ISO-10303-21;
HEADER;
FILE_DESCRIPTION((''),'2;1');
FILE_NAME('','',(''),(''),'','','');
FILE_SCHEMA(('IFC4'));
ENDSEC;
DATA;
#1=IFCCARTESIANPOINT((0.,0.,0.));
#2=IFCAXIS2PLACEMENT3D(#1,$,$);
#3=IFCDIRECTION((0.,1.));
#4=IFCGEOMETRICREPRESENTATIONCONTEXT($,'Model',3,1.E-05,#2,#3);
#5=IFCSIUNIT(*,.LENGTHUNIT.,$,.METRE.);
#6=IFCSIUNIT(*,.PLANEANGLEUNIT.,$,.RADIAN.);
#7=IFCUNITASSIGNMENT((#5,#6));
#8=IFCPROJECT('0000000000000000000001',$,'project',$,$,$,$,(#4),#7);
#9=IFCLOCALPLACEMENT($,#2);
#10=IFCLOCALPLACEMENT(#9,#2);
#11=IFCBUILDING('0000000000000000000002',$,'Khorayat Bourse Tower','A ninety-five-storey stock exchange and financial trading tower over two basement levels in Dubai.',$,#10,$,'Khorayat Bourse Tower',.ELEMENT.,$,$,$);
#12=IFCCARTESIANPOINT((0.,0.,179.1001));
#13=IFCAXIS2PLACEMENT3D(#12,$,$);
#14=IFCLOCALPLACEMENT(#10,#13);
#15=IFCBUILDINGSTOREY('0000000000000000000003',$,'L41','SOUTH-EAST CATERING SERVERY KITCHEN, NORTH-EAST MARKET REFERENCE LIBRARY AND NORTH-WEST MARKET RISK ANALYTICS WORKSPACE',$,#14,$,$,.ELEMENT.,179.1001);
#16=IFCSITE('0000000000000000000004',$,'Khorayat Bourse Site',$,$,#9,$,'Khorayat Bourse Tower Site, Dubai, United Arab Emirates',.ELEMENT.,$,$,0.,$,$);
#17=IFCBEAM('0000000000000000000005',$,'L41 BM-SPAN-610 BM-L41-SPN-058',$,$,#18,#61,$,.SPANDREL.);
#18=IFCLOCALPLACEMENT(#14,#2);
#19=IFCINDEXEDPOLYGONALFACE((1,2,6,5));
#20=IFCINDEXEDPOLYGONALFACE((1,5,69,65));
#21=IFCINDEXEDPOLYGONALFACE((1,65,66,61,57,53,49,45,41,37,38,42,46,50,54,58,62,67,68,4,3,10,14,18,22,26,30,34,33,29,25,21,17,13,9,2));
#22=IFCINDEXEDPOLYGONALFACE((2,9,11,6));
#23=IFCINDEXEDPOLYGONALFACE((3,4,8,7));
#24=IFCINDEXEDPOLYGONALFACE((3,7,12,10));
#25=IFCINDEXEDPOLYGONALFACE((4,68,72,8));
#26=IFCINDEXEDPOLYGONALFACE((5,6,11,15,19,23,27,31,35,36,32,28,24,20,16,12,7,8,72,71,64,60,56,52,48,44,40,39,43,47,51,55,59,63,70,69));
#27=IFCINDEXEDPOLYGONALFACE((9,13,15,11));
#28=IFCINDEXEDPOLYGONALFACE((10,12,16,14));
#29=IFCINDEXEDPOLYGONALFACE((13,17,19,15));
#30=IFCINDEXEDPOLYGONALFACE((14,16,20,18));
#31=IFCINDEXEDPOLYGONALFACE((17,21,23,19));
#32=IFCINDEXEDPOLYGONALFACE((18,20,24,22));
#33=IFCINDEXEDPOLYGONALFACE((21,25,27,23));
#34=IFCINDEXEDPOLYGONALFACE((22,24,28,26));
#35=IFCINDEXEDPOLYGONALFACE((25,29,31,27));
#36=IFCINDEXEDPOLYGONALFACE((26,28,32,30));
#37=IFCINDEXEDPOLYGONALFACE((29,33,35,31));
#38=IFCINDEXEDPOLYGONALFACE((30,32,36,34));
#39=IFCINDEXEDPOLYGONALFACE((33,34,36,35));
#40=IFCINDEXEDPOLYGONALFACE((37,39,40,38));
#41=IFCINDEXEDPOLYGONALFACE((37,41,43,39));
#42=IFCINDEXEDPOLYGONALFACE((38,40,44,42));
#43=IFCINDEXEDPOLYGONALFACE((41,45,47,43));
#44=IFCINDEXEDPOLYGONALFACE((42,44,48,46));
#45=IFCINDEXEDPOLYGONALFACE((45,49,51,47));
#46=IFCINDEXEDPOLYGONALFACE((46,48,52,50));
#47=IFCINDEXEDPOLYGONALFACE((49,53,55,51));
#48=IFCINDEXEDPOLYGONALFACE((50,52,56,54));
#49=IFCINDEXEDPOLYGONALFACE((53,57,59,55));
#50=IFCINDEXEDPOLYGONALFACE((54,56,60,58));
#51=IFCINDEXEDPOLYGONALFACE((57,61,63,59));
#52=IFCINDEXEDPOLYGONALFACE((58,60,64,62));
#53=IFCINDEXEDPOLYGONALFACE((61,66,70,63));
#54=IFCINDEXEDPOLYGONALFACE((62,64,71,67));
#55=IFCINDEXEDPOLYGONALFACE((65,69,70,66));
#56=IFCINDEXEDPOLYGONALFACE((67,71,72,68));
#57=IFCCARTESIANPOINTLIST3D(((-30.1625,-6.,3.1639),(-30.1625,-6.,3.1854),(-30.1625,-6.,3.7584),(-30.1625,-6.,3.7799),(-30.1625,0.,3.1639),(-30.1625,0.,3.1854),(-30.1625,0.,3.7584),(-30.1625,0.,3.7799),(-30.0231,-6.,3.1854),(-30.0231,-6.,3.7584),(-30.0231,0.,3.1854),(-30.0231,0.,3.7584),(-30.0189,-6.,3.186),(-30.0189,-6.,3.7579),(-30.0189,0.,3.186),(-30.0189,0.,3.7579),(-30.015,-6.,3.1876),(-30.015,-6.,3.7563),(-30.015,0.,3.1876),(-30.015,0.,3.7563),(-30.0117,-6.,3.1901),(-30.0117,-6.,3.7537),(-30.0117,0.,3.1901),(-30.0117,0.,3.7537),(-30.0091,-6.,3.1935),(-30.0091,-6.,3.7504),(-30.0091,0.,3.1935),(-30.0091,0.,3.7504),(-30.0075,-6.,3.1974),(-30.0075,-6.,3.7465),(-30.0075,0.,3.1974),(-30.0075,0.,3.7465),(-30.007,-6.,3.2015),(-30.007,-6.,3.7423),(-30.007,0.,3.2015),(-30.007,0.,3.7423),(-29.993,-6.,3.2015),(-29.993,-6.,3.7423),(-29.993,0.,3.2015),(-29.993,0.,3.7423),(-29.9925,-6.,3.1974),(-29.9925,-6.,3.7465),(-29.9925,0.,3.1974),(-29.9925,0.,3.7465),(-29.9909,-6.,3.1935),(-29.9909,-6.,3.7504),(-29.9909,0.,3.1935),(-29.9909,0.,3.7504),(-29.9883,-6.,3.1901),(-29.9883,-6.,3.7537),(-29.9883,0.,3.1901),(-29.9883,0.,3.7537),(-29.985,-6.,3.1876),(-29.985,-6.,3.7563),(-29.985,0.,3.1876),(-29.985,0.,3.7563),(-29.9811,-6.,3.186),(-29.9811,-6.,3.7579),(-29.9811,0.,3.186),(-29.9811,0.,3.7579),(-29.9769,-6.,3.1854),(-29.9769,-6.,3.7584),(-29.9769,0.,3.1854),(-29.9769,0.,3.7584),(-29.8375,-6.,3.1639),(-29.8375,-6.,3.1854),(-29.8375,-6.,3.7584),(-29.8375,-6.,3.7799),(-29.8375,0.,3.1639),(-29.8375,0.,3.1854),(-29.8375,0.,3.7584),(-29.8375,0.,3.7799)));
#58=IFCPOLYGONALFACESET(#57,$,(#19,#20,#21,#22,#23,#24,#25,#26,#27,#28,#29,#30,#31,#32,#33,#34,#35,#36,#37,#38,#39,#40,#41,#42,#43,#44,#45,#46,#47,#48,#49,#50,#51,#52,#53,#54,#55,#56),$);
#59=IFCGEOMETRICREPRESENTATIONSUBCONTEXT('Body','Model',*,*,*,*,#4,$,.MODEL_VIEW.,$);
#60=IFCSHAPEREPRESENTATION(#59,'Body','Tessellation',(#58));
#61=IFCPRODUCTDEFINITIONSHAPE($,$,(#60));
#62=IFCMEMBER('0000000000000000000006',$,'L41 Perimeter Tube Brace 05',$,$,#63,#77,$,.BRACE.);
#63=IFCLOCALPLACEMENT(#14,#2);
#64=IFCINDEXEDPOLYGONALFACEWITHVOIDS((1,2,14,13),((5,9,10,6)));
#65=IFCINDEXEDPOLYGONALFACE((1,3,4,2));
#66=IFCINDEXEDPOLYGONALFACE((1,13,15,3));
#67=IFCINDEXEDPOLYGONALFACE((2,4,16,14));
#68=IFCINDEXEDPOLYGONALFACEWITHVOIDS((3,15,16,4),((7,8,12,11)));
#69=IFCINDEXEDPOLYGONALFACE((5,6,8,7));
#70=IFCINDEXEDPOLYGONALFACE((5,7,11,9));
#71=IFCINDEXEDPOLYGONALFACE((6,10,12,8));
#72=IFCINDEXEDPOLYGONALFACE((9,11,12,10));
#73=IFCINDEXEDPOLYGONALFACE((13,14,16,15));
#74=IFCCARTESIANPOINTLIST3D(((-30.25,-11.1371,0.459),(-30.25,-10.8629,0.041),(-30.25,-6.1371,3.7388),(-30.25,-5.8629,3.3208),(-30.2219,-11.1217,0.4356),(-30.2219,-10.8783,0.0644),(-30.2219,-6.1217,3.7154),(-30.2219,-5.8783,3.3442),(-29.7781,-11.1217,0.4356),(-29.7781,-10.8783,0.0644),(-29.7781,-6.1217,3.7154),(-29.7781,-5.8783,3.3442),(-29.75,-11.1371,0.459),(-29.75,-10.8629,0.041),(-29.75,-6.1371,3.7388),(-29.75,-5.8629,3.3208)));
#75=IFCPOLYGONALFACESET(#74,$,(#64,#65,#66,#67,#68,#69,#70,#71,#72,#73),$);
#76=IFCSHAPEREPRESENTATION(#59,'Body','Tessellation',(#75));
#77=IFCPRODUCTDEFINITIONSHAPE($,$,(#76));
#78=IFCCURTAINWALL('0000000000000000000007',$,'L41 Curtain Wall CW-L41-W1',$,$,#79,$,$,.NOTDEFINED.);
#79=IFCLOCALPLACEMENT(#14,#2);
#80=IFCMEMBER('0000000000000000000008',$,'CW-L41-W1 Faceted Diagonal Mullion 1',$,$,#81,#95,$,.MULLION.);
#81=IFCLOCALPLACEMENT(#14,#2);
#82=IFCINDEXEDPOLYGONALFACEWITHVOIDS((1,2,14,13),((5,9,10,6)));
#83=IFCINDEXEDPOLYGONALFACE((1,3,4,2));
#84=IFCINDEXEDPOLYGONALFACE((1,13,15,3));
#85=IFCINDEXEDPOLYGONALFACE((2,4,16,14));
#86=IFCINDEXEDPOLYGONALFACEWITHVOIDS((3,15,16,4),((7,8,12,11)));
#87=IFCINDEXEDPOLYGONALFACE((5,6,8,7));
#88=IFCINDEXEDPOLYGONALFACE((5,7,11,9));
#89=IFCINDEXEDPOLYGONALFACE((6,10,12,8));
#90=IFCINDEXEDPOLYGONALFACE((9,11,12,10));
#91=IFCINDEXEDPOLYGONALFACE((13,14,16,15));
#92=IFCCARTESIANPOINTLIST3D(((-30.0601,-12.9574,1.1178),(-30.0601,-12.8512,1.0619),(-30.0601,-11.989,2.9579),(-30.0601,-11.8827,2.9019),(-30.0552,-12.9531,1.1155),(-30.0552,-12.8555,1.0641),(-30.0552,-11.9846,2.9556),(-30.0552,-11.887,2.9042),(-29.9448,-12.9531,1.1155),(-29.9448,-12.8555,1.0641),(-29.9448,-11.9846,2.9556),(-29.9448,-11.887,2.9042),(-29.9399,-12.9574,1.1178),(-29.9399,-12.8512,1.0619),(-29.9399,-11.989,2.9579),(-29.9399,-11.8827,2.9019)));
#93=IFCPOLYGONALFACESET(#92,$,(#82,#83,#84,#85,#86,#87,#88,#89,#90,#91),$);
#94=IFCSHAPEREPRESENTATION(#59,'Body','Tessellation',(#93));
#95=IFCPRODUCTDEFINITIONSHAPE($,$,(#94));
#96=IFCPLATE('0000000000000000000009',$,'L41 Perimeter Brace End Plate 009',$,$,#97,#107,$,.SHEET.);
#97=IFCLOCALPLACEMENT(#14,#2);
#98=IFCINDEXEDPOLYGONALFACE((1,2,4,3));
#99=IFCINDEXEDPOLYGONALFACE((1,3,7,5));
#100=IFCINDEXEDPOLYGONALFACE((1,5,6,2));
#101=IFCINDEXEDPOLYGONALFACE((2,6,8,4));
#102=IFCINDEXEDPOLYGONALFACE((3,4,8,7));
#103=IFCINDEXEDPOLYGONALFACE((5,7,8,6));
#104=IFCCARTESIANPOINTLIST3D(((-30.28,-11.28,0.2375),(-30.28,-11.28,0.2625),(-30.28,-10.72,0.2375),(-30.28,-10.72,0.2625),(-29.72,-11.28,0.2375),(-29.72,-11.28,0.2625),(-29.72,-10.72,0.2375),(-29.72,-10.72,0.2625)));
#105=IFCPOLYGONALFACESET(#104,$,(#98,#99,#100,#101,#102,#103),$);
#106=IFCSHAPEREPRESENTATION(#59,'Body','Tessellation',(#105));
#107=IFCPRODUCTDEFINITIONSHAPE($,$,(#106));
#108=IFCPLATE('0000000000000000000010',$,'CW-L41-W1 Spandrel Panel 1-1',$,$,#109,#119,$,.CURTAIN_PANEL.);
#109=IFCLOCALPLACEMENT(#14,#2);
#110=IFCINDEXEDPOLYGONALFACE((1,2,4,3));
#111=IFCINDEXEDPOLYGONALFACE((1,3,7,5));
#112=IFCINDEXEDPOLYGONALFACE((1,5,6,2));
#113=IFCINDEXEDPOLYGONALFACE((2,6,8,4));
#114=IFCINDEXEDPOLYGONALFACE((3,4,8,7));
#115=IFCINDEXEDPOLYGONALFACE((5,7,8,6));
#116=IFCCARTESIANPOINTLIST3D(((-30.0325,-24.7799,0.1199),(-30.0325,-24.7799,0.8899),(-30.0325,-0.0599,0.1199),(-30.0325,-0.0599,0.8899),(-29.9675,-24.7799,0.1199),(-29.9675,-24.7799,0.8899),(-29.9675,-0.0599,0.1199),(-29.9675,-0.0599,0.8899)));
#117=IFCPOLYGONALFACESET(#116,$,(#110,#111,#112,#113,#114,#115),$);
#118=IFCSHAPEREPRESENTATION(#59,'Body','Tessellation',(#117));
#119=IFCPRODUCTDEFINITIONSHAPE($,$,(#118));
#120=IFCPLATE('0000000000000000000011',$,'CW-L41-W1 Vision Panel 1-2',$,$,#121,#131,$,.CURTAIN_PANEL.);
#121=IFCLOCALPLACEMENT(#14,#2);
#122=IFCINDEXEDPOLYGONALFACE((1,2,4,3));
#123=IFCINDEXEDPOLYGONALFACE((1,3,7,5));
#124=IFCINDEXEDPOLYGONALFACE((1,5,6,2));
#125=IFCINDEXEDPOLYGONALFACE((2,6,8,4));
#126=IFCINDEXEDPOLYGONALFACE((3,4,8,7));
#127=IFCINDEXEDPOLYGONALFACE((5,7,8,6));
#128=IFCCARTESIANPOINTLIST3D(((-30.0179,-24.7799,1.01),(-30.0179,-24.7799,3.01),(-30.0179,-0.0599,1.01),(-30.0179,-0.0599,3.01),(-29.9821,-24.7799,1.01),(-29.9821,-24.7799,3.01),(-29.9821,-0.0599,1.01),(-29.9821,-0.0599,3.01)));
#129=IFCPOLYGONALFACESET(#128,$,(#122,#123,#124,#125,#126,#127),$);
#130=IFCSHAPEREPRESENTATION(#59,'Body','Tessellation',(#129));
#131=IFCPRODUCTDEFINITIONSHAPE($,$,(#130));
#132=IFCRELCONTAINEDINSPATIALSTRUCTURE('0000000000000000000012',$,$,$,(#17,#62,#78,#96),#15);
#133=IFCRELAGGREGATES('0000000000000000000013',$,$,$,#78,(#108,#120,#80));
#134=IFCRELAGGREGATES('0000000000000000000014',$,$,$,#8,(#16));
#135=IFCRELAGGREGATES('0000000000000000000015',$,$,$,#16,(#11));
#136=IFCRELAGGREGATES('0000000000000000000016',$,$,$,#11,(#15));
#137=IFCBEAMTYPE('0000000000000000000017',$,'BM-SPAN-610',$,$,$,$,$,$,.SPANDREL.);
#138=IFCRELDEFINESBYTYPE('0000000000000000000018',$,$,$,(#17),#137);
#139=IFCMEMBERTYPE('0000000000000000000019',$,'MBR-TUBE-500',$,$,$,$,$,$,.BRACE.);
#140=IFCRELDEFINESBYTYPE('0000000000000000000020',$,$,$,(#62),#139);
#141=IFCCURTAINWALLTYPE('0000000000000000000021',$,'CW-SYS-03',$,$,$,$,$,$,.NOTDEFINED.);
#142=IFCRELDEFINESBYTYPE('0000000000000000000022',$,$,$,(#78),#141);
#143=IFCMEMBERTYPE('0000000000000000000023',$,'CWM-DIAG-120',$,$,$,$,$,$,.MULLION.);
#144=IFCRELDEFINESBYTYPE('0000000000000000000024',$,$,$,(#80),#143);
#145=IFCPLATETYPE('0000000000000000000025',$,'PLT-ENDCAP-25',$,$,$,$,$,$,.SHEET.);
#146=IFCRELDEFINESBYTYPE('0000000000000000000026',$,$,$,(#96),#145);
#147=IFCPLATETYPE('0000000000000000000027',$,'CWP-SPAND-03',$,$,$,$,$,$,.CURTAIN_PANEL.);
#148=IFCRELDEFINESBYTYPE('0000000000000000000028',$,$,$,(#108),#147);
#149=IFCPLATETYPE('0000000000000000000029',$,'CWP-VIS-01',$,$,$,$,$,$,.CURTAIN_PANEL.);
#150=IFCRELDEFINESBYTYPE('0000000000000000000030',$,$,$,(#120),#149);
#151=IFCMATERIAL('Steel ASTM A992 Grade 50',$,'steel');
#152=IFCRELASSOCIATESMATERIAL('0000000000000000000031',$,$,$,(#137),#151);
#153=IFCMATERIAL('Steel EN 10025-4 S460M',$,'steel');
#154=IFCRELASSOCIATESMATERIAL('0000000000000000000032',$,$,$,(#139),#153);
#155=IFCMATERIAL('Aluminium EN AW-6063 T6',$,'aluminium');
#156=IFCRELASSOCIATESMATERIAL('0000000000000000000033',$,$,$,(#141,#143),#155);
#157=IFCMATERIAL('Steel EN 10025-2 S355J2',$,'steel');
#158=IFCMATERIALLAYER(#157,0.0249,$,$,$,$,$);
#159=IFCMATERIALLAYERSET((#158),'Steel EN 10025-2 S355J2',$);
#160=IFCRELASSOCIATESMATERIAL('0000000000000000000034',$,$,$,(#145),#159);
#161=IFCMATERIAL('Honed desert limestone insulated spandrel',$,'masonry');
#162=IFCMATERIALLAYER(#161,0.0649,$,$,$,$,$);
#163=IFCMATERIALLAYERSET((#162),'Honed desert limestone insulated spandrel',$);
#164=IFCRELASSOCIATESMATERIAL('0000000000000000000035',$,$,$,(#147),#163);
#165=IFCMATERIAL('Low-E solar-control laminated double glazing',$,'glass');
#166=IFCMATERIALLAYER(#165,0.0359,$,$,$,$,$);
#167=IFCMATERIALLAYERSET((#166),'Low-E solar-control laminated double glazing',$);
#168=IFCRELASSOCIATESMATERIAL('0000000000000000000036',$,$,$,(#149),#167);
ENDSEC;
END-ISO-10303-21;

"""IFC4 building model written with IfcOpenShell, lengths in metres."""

from ifc_helpers import new_model, si_unit, direction, frame, origin, origin_2d, place, context, subcontext, project, spatial, rectangle, hollow_rectangle, i_section, extrude, source, transform, mapped, material, layer, layer_set, material_profile, profile_set, type_object, element, aggregate, save


model = new_model("IFC4")

# Units and contexts
model_context = context("Model", 3, precision=1e-05, world=origin(), true_north=direction((0.0, 1.0)))
body_context = subcontext(model_context, "Body", "Model", "MODEL_VIEW")
ifc_project = project(units=[si_unit("LENGTHUNIT", "METRE"), si_unit("PLANEANGLEUNIT", "RADIAN")], contexts=[model_context])

# Site, building, storey
site_placement = place(None, origin())
site = spatial("IfcSite", under=ifc_project, at=site_placement, Name="Khorayat Bourse Site", LongName="Khorayat Bourse Tower Site, Dubai, United Arab Emirates", CompositionType="ELEMENT", RefElevation=0.0)
building_placement = place(site_placement, origin())
building = spatial("IfcBuilding", under=site, at=building_placement, Name="Khorayat Bourse Tower", Description="A ninety-five-storey stock exchange and financial trading tower over two basement levels in Dubai.", LongName="Khorayat Bourse Tower", CompositionType="ELEMENT")
storey_placement = place(building_placement, frame((0.0, 0.0, 179.1001)))
storey = spatial("IfcBuildingStorey", under=building, at=storey_placement, Name="L41", Description="SOUTH-EAST CATERING SERVERY KITCHEN, NORTH-EAST MARKET REFERENCE LIBRARY AND NORTH-WEST MARKET RISK ANALYTICS WORKSPACE", CompositionType="ELEMENT", Elevation=179.1001)

# Shared definitions
ifc_material_1 = material(Name="Steel EN 10025-4 S460M", Category="steel")

# Beam
ifc_material_2 = material(Name="Steel ASTM A992 Grade 50", Category="steel")
ifc_material_profile_1 = material_profile(ifc_material_2, i_section(OverallWidth=0.325, OverallDepth=0.616, WebThickness=0.0139, FlangeThickness=0.0215, FilletRadius=0.0161, at=origin_2d()), Name="W610X174")
ifc_profile_set_1 = profile_set([ifc_material_profile_1], Name="Steel ASTM A992 Grade 50")
beam_type_1 = type_object("IfcBeamType", Name="BM-SPAN-610", PredefinedType="SPANDREL", material=ifc_profile_set_1)
shared_shape_1 = source(origin(), body_context, "Body", "SweptSolid", [
    extrude(i_section(OverallWidth=0.325, OverallDepth=0.616, WebThickness=0.0139, FlangeThickness=0.0215, FilletRadius=0.0161, at=origin_2d()), origin(), (0.0, 0.0, 1.0), 6.0),
])
beam_1_placement = place(storey_placement, frame((-30.0, -6.0, 3.4719), z_axis=(0.0, 1.0, 0.0), x_axis=(-1.0, 0.0, 0.0)))
element("IfcBeam", 1, at=beam_1_placement, inside=storey, type_object=beam_type_1, Name="L41 BM-SPAN-610 BM-L41-SPN-058", PredefinedType="SPANDREL", context=body_context, shape_type="MappedRepresentation", body=[
    mapped(shared_shape_1, transform((0.0, 0.0, 0.0), scale=1.0)),
])

# Member
ifc_material_profile_2 = material_profile(ifc_material_1, hollow_rectangle(XDim=0.5, YDim=0.5, WallThickness=0.0281, at=origin_2d()), Name="HSS 500x500x28")
ifc_profile_set_2 = profile_set([ifc_material_profile_2], Name="Steel EN 10025-4 S460M")
member_type_1 = type_object("IfcMemberType", Name="MBR-TUBE-500", PredefinedType="BRACE", material=ifc_profile_set_2)
shared_shape_2 = source(origin(), body_context, "Body", "SweptSolid", [
    extrude(hollow_rectangle(XDim=0.5, YDim=0.5, WallThickness=0.0281, at=origin_2d()), origin(), (0.0, 0.0, 1.0), 5.9797),
])
member_1_placement = place(storey_placement, frame((-30.0, -11.0, 0.25), z_axis=(0.0, 0.83616, 0.548485), x_axis=(-1.0, 0.0, 0.0)))
element("IfcMember", 2, at=member_1_placement, inside=storey, type_object=member_type_1, Name="L41 Perimeter Tube Brace 05", PredefinedType="BRACE", context=body_context, shape_type="MappedRepresentation", body=[
    mapped(shared_shape_2, transform((0.0, 0.0, 0.0), scale=1.0)),
])

# Curtain wall, member
ifc_material_3 = material(Name="Aluminium EN AW-6063 T6", Category="aluminium")
curtain_wall_type = type_object("IfcCurtainWallType", Name="CW-SYS-03", PredefinedType="NOTDEFINED", material=ifc_material_3)
curtain_wall_placement = place(storey_placement, origin())
curtain_wall = element("IfcCurtainWall", 3, at=curtain_wall_placement, inside=storey, type_object=curtain_wall_type, Name="L41 Curtain Wall CW-L41-W1", PredefinedType="NOTDEFINED")
ifc_material_profile_3 = material_profile(ifc_material_3, hollow_rectangle(XDim=0.1201, YDim=0.1201, WallThickness=0.0049, at=origin_2d()), Name="ALU 120x120x5")
ifc_profile_set_3 = profile_set([ifc_material_profile_3], Name="Aluminium EN AW-6063 T6")
member_type_2 = type_object("IfcMemberType", Name="CWM-DIAG-120", PredefinedType="MULLION", material=ifc_profile_set_3)
shared_shape_3 = source(origin(), body_context, "Body", "SweptSolid", [
    extrude(hollow_rectangle(XDim=0.1201, YDim=0.1201, WallThickness=0.0049, at=origin_2d()), origin(), (0.0, 0.0, 1.0), 2.0793),
])
member_2_placement = place(storey_placement, frame((-30.0, -12.9043, 1.0898), z_axis=(0.0, 0.465761, 0.884911), x_axis=(-1.0, 0.0, 0.0)))
member_2 = element("IfcMember", 4, at=member_2_placement, type_object=member_type_2, Name="CW-L41-W1 Faceted Diagonal Mullion 1", PredefinedType="MULLION", context=body_context, shape_type="MappedRepresentation", body=[
    mapped(shared_shape_3, transform((0.0, 0.0, 0.0), scale=1.0)),
])

# Plates
ifc_material_4 = material(Name="Steel EN 10025-2 S355J2", Category="steel")
ifc_layer_1 = layer(ifc_material_4, 0.0249)
ifc_layer_set_1 = layer_set([ifc_layer_1], Name="Steel EN 10025-2 S355J2")
plate_type_1 = type_object("IfcPlateType", Name="PLT-ENDCAP-25", PredefinedType="SHEET", material=ifc_layer_set_1)
shared_shape_4 = source(origin(), body_context, "Body", "SweptSolid", [
    extrude(rectangle(XDim=0.5601, YDim=0.5601, at=origin_2d()), origin(), (0.0, 0.0, 1.0), 0.0249),
])
plate_1_placement = place(storey_placement, frame((-30.0, -11.0, 0.2375), z_axis=(0.0, 0.0, 1.0), x_axis=(1.0, 0.0, 0.0)))
element("IfcPlate", 5, at=plate_1_placement, inside=storey, type_object=plate_type_1, Name="L41 Perimeter Brace End Plate 009", PredefinedType="SHEET", context=body_context, shape_type="MappedRepresentation", body=[
    mapped(shared_shape_4, transform((0.0, 0.0, 0.0), scale=1.0)),
])
ifc_material_5 = material(Name="Honed desert limestone insulated spandrel", Category="masonry")
ifc_layer_2 = layer(ifc_material_5, 0.0649)
ifc_layer_set_2 = layer_set([ifc_layer_2], Name="Honed desert limestone insulated spandrel")
plate_type_2 = type_object("IfcPlateType", Name="CWP-SPAND-03", PredefinedType="CURTAIN_PANEL", material=ifc_layer_set_2)
shared_shape_5 = source(origin(), body_context, "Body", "SweptSolid", [
    extrude(rectangle(XDim=24.72, YDim=0.0649, at=origin_2d()), origin(), (0.0, 0.0, 1.0), 0.77),
])
plate_2_placement = place(storey_placement, frame((-30.0, -12.4199, 0.1199), z_axis=(0.0, 0.0, 1.0), x_axis=(0.0, 1.0, 0.0)))
plate_2 = element("IfcPlate", 6, at=plate_2_placement, type_object=plate_type_2, Name="CW-L41-W1 Spandrel Panel 1-1", PredefinedType="CURTAIN_PANEL", context=body_context, shape_type="MappedRepresentation", body=[
    mapped(shared_shape_5, transform((0.0, 0.0, 0.0), scale=1.0)),
])
ifc_material_6 = material(Name="Low-E solar-control laminated double glazing", Category="glass")
ifc_layer_3 = layer(ifc_material_6, 0.0359)
ifc_layer_set_3 = layer_set([ifc_layer_3], Name="Low-E solar-control laminated double glazing")
plate_type_3 = type_object("IfcPlateType", Name="CWP-VIS-01", PredefinedType="CURTAIN_PANEL", material=ifc_layer_set_3)
shared_shape_6 = source(origin(), body_context, "Body", "SweptSolid", [
    extrude(rectangle(XDim=24.72, YDim=0.0359, at=origin_2d()), origin(), (0.0, 0.0, 1.0), 2.0),
])
plate_3_placement = place(storey_placement, frame((-30.0, -12.4199, 1.01), z_axis=(0.0, 0.0, 1.0), x_axis=(0.0, 1.0, 0.0)))
plate_3 = element("IfcPlate", 7, at=plate_3_placement, type_object=plate_type_3, Name="CW-L41-W1 Vision Panel 1-2", PredefinedType="CURTAIN_PANEL", context=body_context, shape_type="MappedRepresentation", body=[
    mapped(shared_shape_6, transform((0.0, 0.0, 0.0), scale=1.0)),
])
aggregate(curtain_wall, [plate_2, plate_3, member_2])

save(model, "model.ifc")
